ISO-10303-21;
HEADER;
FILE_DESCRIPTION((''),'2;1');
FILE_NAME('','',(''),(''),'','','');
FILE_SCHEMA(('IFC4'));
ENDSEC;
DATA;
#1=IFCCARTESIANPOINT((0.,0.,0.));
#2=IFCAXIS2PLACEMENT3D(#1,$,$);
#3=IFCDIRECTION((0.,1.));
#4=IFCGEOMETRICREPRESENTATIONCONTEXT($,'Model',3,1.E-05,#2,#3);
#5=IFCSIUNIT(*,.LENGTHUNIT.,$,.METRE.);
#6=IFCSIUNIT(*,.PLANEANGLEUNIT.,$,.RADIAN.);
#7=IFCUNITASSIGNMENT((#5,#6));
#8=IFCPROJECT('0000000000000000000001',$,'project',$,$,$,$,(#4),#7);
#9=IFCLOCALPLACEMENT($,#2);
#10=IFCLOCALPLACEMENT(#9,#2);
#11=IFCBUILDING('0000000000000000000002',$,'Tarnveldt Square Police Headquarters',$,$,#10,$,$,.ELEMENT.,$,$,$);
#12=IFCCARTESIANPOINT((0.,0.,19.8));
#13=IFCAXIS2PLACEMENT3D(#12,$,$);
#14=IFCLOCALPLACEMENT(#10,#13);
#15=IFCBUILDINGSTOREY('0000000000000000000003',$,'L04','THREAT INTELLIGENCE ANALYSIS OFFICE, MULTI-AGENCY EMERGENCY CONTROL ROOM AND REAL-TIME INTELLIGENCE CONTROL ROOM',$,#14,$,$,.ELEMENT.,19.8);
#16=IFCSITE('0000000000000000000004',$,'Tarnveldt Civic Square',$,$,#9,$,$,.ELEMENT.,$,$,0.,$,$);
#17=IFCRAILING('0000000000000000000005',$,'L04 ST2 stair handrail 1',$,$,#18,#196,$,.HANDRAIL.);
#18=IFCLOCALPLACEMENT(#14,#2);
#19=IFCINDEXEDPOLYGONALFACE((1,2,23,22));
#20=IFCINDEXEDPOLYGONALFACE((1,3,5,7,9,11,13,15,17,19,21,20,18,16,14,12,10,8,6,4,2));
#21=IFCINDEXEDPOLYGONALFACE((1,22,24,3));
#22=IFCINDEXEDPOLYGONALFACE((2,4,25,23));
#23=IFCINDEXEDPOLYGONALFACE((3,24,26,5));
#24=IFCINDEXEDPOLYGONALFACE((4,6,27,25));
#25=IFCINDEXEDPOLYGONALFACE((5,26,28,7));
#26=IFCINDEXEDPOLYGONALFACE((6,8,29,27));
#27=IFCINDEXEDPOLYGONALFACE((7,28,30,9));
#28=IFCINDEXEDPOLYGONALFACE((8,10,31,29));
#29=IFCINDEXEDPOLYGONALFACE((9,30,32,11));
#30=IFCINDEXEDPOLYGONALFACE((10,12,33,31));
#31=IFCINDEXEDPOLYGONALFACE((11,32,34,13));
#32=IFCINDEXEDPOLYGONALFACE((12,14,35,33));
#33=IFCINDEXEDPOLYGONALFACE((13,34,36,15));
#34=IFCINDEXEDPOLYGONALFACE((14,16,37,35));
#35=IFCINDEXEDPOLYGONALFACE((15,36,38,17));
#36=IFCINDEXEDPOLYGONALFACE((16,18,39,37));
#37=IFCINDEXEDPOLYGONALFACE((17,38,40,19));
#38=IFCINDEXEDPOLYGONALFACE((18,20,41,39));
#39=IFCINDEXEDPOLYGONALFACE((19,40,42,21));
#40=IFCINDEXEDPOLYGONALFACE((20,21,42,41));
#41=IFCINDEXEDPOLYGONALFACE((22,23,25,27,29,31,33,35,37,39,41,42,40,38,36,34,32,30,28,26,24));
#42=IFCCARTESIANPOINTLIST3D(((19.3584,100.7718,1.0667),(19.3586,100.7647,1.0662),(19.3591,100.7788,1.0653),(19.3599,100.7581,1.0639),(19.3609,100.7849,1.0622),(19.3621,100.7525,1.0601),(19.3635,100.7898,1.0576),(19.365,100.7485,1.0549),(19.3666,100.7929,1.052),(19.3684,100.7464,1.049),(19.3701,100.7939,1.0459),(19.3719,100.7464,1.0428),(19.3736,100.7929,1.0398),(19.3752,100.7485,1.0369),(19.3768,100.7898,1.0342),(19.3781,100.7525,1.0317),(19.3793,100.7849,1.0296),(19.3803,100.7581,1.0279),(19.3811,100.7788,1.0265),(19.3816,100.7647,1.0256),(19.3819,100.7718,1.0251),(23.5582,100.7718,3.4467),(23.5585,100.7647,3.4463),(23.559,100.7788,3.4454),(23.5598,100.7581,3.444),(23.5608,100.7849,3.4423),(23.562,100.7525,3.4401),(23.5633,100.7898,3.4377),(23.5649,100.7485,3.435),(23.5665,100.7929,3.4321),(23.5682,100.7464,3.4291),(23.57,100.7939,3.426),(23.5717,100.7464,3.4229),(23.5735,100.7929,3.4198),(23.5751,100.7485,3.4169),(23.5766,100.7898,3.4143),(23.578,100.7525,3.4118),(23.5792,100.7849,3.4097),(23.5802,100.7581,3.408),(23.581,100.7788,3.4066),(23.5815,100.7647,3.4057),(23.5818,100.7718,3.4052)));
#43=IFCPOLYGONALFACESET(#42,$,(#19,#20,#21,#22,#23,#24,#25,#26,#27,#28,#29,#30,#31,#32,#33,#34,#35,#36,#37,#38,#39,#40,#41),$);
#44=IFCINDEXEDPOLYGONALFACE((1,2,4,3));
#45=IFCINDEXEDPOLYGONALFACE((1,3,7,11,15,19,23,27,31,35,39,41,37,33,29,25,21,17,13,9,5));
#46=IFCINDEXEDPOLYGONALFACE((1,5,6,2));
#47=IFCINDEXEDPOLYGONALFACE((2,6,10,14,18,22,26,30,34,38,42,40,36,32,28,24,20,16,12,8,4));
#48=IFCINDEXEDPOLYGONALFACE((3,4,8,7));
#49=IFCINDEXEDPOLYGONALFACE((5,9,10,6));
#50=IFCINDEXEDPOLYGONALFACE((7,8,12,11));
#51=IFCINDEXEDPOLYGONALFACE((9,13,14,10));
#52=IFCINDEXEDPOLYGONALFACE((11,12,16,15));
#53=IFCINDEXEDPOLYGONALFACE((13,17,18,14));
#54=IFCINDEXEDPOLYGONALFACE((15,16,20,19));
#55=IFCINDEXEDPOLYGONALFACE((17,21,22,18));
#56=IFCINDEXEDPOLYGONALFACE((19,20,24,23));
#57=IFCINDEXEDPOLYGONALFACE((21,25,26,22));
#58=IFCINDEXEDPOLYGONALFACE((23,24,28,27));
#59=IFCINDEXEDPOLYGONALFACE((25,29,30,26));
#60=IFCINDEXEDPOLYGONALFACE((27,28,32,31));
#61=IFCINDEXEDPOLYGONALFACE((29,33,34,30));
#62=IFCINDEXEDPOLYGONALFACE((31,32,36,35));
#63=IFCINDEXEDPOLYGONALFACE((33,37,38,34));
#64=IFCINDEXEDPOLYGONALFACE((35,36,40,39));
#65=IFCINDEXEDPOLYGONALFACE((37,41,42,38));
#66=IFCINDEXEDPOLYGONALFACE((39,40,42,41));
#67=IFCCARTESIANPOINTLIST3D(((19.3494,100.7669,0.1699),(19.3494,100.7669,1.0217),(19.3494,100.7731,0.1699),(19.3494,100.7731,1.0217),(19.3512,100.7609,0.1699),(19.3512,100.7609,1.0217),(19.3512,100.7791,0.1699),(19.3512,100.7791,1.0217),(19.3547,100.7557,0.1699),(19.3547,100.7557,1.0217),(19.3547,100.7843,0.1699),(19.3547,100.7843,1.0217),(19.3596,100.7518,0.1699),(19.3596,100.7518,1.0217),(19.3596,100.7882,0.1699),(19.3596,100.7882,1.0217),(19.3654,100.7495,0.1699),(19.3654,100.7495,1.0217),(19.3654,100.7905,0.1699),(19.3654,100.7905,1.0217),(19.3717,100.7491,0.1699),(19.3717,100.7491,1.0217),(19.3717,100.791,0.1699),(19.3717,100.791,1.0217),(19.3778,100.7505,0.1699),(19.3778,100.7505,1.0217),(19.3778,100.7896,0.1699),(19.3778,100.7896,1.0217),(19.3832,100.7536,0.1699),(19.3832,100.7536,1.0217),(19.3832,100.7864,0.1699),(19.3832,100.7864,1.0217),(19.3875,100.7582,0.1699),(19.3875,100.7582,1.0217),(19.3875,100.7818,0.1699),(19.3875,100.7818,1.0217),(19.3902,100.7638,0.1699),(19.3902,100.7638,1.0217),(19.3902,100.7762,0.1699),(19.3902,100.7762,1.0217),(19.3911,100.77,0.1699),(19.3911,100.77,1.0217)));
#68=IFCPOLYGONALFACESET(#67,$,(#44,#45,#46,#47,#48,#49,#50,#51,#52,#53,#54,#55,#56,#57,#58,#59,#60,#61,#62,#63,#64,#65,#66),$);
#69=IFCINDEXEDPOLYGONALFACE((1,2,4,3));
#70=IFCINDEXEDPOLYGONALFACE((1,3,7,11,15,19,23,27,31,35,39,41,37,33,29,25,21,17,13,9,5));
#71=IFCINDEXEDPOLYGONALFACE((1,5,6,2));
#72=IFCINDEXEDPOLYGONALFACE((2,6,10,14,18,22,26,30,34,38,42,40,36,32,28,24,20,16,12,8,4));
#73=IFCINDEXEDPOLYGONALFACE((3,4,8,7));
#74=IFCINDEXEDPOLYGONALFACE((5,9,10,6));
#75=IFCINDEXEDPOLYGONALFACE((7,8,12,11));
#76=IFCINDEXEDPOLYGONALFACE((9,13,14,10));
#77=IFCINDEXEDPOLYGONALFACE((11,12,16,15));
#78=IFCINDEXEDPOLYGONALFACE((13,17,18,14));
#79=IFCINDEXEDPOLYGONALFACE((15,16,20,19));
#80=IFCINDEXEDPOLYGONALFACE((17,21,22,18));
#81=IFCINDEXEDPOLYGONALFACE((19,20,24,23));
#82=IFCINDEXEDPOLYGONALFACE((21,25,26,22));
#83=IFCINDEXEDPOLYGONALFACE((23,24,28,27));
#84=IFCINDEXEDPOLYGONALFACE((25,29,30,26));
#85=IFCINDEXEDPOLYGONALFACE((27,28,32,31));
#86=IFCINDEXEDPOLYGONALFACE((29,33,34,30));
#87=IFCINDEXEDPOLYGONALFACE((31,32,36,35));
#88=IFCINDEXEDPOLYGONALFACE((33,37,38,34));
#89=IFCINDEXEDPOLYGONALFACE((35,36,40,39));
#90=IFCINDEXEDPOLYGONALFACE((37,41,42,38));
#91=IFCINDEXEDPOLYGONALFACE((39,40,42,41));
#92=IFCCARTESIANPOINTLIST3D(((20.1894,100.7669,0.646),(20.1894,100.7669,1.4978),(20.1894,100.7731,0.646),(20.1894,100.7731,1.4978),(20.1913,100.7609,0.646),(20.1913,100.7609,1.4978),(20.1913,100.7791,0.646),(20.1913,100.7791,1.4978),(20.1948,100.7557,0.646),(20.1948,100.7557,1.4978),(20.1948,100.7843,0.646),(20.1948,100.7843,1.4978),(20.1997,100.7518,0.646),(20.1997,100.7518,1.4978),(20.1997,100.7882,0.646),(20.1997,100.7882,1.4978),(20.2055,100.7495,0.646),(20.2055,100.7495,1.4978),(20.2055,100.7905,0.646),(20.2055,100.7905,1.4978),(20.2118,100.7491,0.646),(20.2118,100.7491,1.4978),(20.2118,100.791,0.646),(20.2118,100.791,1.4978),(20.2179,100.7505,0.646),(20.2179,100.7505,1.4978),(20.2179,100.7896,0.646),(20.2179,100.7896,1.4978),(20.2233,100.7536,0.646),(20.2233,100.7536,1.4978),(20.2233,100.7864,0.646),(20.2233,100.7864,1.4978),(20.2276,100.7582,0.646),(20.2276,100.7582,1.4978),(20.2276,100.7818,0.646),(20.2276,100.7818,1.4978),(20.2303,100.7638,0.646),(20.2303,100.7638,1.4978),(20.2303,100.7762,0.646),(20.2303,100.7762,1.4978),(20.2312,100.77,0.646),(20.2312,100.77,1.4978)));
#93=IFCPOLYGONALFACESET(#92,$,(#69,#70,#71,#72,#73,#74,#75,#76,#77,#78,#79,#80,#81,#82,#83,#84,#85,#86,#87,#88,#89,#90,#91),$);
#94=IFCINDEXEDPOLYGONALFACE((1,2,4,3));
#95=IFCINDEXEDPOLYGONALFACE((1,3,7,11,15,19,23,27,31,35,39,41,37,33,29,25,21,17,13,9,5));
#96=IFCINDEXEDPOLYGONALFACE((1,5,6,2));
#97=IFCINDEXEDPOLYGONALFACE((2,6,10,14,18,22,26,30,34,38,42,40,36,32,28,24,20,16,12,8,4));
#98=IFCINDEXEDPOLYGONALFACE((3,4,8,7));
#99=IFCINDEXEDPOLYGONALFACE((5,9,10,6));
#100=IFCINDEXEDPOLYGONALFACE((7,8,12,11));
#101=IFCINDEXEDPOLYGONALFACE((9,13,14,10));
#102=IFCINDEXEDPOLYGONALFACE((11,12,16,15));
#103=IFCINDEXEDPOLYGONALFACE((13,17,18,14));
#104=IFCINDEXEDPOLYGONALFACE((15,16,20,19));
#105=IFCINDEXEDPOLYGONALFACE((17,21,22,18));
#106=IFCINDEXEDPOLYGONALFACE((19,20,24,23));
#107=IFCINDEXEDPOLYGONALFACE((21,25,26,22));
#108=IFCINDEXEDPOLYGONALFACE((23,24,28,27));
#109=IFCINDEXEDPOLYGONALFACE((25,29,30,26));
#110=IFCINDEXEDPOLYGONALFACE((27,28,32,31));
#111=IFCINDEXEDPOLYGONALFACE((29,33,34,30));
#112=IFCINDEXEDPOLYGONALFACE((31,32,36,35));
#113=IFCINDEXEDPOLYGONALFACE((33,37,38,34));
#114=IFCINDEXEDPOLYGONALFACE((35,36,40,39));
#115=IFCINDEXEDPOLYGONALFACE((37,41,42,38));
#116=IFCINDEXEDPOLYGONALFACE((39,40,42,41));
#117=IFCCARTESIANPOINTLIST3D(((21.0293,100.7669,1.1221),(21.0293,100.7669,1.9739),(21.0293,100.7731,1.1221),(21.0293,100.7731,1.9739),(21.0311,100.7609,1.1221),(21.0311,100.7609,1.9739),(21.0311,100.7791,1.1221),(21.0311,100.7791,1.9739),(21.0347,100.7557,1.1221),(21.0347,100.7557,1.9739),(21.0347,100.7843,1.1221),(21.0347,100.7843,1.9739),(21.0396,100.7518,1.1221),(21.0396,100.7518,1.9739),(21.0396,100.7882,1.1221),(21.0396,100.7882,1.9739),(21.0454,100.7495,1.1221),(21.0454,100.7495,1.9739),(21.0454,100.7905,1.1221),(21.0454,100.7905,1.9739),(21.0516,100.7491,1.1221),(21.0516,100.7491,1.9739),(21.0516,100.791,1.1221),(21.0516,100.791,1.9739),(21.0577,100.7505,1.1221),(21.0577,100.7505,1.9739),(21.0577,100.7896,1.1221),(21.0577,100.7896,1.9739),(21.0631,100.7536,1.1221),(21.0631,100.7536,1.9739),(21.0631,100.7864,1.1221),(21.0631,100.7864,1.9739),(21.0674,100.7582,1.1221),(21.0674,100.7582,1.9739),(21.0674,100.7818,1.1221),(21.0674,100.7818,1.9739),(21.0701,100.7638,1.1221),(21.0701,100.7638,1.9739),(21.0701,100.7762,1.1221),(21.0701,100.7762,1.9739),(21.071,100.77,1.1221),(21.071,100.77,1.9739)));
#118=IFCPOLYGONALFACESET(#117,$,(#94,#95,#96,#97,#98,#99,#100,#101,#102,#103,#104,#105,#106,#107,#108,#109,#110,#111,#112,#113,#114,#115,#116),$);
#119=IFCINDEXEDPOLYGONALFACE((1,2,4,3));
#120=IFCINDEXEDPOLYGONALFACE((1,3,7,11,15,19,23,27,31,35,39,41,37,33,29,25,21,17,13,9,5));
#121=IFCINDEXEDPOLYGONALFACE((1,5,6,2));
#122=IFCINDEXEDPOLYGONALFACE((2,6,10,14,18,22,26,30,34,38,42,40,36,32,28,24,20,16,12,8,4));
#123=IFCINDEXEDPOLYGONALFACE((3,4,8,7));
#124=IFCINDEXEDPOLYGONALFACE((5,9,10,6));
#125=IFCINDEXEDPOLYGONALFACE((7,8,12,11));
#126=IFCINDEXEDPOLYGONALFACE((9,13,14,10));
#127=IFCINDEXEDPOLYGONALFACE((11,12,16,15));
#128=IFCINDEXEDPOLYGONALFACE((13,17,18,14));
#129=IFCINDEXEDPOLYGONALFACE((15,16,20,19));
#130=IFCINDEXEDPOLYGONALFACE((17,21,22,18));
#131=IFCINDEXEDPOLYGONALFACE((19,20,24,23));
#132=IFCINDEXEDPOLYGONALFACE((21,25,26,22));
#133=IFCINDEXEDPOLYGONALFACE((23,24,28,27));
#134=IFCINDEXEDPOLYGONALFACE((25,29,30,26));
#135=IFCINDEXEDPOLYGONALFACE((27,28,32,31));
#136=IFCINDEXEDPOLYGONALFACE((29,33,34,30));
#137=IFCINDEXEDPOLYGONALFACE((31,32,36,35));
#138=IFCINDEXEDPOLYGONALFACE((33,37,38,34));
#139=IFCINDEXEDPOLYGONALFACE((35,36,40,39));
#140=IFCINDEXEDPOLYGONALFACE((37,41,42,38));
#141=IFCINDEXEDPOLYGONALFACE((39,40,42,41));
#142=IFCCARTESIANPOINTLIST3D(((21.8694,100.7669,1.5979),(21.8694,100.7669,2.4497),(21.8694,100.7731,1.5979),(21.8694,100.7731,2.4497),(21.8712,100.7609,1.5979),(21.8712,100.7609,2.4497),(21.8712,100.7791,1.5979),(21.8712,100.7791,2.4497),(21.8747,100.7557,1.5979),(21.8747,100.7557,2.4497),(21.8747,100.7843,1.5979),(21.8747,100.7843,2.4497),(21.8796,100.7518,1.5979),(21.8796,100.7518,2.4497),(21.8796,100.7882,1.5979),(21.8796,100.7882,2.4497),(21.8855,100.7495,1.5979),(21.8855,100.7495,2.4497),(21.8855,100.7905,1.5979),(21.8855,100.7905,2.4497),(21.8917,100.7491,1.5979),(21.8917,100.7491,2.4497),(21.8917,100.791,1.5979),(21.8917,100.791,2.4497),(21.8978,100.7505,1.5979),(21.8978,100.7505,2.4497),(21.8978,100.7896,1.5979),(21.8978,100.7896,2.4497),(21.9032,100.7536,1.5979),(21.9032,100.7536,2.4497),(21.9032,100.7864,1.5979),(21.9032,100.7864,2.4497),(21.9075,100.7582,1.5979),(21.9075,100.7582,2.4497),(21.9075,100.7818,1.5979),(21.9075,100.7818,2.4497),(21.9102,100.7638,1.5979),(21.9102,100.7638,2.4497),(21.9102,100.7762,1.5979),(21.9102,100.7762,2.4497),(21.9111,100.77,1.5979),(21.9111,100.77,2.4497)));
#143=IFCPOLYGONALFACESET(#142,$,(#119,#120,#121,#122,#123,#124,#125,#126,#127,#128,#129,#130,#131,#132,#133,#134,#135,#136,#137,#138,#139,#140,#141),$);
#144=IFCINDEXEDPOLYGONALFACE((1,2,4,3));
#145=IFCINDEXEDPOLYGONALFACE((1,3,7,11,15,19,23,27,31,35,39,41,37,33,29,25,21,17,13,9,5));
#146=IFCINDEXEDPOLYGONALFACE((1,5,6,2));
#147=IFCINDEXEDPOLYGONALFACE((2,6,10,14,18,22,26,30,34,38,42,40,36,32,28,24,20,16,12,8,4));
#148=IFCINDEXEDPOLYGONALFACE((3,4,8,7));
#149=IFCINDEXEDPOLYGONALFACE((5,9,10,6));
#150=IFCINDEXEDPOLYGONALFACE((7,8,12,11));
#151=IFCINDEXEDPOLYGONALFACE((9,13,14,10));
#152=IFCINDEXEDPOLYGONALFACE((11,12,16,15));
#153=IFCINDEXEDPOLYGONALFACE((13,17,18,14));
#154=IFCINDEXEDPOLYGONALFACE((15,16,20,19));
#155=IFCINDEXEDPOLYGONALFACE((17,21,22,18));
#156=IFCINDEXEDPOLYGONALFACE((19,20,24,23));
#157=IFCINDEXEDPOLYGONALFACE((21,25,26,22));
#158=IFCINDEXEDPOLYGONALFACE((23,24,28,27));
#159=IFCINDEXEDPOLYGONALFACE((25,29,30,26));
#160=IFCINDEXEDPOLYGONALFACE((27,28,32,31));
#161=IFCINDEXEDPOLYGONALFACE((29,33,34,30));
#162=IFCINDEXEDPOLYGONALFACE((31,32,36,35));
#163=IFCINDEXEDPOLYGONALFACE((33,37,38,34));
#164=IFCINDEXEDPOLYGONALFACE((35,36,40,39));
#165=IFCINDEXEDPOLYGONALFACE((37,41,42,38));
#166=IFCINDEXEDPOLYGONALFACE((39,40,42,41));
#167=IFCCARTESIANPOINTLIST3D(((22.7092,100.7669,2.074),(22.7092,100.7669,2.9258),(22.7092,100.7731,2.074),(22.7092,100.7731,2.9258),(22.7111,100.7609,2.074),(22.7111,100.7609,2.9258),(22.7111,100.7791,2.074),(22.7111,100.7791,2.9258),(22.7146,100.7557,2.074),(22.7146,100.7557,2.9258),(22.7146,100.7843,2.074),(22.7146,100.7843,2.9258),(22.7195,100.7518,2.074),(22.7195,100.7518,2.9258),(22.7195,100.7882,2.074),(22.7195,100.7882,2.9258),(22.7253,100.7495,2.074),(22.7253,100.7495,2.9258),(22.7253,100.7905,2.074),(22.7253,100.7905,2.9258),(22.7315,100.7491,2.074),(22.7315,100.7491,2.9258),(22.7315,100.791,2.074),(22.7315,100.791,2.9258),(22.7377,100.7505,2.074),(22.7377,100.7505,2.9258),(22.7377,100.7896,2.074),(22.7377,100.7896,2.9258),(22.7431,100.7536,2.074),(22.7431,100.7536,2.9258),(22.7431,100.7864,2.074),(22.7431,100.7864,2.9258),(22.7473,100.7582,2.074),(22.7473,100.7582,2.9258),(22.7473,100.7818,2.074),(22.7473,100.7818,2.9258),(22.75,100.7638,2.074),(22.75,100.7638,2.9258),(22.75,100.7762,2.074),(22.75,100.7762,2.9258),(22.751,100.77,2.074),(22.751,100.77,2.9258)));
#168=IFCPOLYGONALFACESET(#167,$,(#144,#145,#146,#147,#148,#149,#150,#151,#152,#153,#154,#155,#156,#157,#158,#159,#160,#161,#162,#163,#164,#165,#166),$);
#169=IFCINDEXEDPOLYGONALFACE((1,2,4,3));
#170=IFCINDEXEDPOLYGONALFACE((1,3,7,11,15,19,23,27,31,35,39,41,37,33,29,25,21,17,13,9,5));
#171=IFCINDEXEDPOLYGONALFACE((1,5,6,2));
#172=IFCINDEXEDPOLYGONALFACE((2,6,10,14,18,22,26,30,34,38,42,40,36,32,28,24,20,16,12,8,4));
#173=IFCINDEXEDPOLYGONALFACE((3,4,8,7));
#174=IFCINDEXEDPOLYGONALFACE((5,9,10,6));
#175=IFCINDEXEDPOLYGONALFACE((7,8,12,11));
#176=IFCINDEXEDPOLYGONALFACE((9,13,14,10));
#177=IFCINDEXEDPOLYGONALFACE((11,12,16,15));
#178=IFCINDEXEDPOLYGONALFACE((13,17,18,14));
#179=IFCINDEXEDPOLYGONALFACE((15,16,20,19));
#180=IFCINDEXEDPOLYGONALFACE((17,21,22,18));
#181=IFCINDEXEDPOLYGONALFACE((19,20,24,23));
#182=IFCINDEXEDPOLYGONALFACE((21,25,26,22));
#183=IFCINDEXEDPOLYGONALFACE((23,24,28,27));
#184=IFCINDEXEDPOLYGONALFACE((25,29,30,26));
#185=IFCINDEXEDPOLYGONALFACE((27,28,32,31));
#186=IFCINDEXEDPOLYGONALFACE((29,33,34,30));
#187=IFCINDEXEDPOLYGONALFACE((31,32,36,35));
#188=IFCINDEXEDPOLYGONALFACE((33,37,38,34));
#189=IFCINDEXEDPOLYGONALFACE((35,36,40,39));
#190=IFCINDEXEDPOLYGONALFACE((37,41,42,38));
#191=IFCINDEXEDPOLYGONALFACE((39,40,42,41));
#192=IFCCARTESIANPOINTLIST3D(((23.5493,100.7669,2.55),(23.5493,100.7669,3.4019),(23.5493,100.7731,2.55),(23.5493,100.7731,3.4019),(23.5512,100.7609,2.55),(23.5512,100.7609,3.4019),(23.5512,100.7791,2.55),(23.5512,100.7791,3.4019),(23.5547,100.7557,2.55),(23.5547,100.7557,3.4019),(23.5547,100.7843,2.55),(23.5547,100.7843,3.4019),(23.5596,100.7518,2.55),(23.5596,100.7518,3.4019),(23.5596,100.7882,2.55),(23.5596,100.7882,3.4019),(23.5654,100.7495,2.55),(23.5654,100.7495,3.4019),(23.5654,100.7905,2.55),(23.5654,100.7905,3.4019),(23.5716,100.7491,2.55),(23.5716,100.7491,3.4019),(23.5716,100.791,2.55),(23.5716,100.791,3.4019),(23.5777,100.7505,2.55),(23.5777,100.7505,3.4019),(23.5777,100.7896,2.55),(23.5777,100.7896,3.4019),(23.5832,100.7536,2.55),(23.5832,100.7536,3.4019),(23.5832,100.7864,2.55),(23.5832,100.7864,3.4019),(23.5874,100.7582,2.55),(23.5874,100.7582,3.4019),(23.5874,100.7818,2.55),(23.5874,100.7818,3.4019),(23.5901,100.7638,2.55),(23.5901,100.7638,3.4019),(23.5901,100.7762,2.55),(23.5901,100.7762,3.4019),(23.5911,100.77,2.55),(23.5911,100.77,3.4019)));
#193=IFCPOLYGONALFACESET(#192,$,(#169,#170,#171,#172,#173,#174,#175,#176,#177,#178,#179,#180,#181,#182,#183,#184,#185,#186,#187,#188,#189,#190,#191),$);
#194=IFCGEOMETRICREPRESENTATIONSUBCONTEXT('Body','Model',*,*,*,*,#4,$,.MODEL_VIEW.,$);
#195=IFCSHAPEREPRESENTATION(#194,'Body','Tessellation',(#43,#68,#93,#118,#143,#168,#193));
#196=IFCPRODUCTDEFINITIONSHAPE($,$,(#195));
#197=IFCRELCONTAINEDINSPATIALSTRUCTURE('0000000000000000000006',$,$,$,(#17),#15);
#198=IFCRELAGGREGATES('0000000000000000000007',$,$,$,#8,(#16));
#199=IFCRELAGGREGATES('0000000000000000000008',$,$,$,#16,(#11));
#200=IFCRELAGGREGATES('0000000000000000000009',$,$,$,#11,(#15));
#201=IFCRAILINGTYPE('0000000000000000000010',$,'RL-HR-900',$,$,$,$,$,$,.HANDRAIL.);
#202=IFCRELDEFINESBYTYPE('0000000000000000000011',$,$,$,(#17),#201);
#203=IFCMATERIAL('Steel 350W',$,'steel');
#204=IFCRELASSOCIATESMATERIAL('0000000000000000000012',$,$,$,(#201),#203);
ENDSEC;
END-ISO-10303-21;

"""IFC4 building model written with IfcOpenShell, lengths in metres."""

from ifc_helpers import new_model, si_unit, direction, frame, origin, origin_2d, place, context, subcontext, project, spatial, circle, extrude, material, type_object, element, save


model = new_model("IFC4")

# Units and contexts
model_context = context("Model", 3, precision=1e-05, world=origin(), true_north=direction((0.0, 1.0)))
body_context = subcontext(model_context, "Body", "Model", "MODEL_VIEW")
ifc_project = project(units=[si_unit("LENGTHUNIT", "METRE"), si_unit("PLANEANGLEUNIT", "RADIAN")], contexts=[model_context])

# Site, building, storey
site_placement = place(None, origin())
site = spatial("IfcSite", under=ifc_project, at=site_placement, Name="Tarnveldt Civic Square", CompositionType="ELEMENT", RefElevation=0.0)
building_placement = place(site_placement, origin())
building = spatial("IfcBuilding", under=site, at=building_placement, Name="Tarnveldt Square Police Headquarters", CompositionType="ELEMENT")
storey_placement = place(building_placement, frame((0.0, 0.0, 19.8)))
storey = spatial("IfcBuildingStorey", under=building, at=storey_placement, Name="L04", Description="THREAT INTELLIGENCE ANALYSIS OFFICE, MULTI-AGENCY EMERGENCY CONTROL ROOM AND REAL-TIME INTELLIGENCE CONTROL ROOM", CompositionType="ELEMENT", Elevation=19.8)

# Shared definitions
ifc_material_1 = material(Name="Steel 350W", Category="steel")

# Railing
railing_type_1 = type_object("IfcRailingType", Name="RL-HR-900", PredefinedType="HANDRAIL", material=ifc_material_1)
railing_1_placement = place(storey_placement, frame((19.3701, 100.77, 0.1699)))
element("IfcRailing", 1, at=railing_1_placement, inside=storey, type_object=railing_type_1, Name="L04 ST2 stair handrail 1", PredefinedType="HANDRAIL", context=body_context, shape_type="SweptSolid", body=[
    extrude(circle(Radius=0.0239, at=origin_2d()), frame((0.0, 0.0, 0.876), z_axis=(0.870008, 0.0, 0.493037), x_axis=(0.0, 1.0, 0.0)), (0.0, 0.0, 1.0), 4.8274),
    extrude(circle(Radius=0.021, at=origin_2d()), origin(), (0.0, 0.0, 1.0), 0.8518),
    extrude(circle(Radius=0.021, at=origin_2d()), frame((0.8401, 0.0, 0.4761)), (0.0, 0.0, 1.0), 0.8518),
    extrude(circle(Radius=0.021, at=origin_2d()), frame((1.6799, 0.0, 0.9521)), (0.0, 0.0, 1.0), 0.8518),
    extrude(circle(Radius=0.021, at=origin_2d()), frame((2.52, 0.0, 1.428)), (0.0, 0.0, 1.0), 0.8518),
    extrude(circle(Radius=0.021, at=origin_2d()), frame((3.3599, 0.0, 1.9041)), (0.0, 0.0, 1.0), 0.8518),
    extrude(circle(Radius=0.021, at=origin_2d()), frame((4.2, 0.0, 2.3801)), (0.0, 0.0, 1.0), 0.8518),
])

save(model, "model.ifc")
